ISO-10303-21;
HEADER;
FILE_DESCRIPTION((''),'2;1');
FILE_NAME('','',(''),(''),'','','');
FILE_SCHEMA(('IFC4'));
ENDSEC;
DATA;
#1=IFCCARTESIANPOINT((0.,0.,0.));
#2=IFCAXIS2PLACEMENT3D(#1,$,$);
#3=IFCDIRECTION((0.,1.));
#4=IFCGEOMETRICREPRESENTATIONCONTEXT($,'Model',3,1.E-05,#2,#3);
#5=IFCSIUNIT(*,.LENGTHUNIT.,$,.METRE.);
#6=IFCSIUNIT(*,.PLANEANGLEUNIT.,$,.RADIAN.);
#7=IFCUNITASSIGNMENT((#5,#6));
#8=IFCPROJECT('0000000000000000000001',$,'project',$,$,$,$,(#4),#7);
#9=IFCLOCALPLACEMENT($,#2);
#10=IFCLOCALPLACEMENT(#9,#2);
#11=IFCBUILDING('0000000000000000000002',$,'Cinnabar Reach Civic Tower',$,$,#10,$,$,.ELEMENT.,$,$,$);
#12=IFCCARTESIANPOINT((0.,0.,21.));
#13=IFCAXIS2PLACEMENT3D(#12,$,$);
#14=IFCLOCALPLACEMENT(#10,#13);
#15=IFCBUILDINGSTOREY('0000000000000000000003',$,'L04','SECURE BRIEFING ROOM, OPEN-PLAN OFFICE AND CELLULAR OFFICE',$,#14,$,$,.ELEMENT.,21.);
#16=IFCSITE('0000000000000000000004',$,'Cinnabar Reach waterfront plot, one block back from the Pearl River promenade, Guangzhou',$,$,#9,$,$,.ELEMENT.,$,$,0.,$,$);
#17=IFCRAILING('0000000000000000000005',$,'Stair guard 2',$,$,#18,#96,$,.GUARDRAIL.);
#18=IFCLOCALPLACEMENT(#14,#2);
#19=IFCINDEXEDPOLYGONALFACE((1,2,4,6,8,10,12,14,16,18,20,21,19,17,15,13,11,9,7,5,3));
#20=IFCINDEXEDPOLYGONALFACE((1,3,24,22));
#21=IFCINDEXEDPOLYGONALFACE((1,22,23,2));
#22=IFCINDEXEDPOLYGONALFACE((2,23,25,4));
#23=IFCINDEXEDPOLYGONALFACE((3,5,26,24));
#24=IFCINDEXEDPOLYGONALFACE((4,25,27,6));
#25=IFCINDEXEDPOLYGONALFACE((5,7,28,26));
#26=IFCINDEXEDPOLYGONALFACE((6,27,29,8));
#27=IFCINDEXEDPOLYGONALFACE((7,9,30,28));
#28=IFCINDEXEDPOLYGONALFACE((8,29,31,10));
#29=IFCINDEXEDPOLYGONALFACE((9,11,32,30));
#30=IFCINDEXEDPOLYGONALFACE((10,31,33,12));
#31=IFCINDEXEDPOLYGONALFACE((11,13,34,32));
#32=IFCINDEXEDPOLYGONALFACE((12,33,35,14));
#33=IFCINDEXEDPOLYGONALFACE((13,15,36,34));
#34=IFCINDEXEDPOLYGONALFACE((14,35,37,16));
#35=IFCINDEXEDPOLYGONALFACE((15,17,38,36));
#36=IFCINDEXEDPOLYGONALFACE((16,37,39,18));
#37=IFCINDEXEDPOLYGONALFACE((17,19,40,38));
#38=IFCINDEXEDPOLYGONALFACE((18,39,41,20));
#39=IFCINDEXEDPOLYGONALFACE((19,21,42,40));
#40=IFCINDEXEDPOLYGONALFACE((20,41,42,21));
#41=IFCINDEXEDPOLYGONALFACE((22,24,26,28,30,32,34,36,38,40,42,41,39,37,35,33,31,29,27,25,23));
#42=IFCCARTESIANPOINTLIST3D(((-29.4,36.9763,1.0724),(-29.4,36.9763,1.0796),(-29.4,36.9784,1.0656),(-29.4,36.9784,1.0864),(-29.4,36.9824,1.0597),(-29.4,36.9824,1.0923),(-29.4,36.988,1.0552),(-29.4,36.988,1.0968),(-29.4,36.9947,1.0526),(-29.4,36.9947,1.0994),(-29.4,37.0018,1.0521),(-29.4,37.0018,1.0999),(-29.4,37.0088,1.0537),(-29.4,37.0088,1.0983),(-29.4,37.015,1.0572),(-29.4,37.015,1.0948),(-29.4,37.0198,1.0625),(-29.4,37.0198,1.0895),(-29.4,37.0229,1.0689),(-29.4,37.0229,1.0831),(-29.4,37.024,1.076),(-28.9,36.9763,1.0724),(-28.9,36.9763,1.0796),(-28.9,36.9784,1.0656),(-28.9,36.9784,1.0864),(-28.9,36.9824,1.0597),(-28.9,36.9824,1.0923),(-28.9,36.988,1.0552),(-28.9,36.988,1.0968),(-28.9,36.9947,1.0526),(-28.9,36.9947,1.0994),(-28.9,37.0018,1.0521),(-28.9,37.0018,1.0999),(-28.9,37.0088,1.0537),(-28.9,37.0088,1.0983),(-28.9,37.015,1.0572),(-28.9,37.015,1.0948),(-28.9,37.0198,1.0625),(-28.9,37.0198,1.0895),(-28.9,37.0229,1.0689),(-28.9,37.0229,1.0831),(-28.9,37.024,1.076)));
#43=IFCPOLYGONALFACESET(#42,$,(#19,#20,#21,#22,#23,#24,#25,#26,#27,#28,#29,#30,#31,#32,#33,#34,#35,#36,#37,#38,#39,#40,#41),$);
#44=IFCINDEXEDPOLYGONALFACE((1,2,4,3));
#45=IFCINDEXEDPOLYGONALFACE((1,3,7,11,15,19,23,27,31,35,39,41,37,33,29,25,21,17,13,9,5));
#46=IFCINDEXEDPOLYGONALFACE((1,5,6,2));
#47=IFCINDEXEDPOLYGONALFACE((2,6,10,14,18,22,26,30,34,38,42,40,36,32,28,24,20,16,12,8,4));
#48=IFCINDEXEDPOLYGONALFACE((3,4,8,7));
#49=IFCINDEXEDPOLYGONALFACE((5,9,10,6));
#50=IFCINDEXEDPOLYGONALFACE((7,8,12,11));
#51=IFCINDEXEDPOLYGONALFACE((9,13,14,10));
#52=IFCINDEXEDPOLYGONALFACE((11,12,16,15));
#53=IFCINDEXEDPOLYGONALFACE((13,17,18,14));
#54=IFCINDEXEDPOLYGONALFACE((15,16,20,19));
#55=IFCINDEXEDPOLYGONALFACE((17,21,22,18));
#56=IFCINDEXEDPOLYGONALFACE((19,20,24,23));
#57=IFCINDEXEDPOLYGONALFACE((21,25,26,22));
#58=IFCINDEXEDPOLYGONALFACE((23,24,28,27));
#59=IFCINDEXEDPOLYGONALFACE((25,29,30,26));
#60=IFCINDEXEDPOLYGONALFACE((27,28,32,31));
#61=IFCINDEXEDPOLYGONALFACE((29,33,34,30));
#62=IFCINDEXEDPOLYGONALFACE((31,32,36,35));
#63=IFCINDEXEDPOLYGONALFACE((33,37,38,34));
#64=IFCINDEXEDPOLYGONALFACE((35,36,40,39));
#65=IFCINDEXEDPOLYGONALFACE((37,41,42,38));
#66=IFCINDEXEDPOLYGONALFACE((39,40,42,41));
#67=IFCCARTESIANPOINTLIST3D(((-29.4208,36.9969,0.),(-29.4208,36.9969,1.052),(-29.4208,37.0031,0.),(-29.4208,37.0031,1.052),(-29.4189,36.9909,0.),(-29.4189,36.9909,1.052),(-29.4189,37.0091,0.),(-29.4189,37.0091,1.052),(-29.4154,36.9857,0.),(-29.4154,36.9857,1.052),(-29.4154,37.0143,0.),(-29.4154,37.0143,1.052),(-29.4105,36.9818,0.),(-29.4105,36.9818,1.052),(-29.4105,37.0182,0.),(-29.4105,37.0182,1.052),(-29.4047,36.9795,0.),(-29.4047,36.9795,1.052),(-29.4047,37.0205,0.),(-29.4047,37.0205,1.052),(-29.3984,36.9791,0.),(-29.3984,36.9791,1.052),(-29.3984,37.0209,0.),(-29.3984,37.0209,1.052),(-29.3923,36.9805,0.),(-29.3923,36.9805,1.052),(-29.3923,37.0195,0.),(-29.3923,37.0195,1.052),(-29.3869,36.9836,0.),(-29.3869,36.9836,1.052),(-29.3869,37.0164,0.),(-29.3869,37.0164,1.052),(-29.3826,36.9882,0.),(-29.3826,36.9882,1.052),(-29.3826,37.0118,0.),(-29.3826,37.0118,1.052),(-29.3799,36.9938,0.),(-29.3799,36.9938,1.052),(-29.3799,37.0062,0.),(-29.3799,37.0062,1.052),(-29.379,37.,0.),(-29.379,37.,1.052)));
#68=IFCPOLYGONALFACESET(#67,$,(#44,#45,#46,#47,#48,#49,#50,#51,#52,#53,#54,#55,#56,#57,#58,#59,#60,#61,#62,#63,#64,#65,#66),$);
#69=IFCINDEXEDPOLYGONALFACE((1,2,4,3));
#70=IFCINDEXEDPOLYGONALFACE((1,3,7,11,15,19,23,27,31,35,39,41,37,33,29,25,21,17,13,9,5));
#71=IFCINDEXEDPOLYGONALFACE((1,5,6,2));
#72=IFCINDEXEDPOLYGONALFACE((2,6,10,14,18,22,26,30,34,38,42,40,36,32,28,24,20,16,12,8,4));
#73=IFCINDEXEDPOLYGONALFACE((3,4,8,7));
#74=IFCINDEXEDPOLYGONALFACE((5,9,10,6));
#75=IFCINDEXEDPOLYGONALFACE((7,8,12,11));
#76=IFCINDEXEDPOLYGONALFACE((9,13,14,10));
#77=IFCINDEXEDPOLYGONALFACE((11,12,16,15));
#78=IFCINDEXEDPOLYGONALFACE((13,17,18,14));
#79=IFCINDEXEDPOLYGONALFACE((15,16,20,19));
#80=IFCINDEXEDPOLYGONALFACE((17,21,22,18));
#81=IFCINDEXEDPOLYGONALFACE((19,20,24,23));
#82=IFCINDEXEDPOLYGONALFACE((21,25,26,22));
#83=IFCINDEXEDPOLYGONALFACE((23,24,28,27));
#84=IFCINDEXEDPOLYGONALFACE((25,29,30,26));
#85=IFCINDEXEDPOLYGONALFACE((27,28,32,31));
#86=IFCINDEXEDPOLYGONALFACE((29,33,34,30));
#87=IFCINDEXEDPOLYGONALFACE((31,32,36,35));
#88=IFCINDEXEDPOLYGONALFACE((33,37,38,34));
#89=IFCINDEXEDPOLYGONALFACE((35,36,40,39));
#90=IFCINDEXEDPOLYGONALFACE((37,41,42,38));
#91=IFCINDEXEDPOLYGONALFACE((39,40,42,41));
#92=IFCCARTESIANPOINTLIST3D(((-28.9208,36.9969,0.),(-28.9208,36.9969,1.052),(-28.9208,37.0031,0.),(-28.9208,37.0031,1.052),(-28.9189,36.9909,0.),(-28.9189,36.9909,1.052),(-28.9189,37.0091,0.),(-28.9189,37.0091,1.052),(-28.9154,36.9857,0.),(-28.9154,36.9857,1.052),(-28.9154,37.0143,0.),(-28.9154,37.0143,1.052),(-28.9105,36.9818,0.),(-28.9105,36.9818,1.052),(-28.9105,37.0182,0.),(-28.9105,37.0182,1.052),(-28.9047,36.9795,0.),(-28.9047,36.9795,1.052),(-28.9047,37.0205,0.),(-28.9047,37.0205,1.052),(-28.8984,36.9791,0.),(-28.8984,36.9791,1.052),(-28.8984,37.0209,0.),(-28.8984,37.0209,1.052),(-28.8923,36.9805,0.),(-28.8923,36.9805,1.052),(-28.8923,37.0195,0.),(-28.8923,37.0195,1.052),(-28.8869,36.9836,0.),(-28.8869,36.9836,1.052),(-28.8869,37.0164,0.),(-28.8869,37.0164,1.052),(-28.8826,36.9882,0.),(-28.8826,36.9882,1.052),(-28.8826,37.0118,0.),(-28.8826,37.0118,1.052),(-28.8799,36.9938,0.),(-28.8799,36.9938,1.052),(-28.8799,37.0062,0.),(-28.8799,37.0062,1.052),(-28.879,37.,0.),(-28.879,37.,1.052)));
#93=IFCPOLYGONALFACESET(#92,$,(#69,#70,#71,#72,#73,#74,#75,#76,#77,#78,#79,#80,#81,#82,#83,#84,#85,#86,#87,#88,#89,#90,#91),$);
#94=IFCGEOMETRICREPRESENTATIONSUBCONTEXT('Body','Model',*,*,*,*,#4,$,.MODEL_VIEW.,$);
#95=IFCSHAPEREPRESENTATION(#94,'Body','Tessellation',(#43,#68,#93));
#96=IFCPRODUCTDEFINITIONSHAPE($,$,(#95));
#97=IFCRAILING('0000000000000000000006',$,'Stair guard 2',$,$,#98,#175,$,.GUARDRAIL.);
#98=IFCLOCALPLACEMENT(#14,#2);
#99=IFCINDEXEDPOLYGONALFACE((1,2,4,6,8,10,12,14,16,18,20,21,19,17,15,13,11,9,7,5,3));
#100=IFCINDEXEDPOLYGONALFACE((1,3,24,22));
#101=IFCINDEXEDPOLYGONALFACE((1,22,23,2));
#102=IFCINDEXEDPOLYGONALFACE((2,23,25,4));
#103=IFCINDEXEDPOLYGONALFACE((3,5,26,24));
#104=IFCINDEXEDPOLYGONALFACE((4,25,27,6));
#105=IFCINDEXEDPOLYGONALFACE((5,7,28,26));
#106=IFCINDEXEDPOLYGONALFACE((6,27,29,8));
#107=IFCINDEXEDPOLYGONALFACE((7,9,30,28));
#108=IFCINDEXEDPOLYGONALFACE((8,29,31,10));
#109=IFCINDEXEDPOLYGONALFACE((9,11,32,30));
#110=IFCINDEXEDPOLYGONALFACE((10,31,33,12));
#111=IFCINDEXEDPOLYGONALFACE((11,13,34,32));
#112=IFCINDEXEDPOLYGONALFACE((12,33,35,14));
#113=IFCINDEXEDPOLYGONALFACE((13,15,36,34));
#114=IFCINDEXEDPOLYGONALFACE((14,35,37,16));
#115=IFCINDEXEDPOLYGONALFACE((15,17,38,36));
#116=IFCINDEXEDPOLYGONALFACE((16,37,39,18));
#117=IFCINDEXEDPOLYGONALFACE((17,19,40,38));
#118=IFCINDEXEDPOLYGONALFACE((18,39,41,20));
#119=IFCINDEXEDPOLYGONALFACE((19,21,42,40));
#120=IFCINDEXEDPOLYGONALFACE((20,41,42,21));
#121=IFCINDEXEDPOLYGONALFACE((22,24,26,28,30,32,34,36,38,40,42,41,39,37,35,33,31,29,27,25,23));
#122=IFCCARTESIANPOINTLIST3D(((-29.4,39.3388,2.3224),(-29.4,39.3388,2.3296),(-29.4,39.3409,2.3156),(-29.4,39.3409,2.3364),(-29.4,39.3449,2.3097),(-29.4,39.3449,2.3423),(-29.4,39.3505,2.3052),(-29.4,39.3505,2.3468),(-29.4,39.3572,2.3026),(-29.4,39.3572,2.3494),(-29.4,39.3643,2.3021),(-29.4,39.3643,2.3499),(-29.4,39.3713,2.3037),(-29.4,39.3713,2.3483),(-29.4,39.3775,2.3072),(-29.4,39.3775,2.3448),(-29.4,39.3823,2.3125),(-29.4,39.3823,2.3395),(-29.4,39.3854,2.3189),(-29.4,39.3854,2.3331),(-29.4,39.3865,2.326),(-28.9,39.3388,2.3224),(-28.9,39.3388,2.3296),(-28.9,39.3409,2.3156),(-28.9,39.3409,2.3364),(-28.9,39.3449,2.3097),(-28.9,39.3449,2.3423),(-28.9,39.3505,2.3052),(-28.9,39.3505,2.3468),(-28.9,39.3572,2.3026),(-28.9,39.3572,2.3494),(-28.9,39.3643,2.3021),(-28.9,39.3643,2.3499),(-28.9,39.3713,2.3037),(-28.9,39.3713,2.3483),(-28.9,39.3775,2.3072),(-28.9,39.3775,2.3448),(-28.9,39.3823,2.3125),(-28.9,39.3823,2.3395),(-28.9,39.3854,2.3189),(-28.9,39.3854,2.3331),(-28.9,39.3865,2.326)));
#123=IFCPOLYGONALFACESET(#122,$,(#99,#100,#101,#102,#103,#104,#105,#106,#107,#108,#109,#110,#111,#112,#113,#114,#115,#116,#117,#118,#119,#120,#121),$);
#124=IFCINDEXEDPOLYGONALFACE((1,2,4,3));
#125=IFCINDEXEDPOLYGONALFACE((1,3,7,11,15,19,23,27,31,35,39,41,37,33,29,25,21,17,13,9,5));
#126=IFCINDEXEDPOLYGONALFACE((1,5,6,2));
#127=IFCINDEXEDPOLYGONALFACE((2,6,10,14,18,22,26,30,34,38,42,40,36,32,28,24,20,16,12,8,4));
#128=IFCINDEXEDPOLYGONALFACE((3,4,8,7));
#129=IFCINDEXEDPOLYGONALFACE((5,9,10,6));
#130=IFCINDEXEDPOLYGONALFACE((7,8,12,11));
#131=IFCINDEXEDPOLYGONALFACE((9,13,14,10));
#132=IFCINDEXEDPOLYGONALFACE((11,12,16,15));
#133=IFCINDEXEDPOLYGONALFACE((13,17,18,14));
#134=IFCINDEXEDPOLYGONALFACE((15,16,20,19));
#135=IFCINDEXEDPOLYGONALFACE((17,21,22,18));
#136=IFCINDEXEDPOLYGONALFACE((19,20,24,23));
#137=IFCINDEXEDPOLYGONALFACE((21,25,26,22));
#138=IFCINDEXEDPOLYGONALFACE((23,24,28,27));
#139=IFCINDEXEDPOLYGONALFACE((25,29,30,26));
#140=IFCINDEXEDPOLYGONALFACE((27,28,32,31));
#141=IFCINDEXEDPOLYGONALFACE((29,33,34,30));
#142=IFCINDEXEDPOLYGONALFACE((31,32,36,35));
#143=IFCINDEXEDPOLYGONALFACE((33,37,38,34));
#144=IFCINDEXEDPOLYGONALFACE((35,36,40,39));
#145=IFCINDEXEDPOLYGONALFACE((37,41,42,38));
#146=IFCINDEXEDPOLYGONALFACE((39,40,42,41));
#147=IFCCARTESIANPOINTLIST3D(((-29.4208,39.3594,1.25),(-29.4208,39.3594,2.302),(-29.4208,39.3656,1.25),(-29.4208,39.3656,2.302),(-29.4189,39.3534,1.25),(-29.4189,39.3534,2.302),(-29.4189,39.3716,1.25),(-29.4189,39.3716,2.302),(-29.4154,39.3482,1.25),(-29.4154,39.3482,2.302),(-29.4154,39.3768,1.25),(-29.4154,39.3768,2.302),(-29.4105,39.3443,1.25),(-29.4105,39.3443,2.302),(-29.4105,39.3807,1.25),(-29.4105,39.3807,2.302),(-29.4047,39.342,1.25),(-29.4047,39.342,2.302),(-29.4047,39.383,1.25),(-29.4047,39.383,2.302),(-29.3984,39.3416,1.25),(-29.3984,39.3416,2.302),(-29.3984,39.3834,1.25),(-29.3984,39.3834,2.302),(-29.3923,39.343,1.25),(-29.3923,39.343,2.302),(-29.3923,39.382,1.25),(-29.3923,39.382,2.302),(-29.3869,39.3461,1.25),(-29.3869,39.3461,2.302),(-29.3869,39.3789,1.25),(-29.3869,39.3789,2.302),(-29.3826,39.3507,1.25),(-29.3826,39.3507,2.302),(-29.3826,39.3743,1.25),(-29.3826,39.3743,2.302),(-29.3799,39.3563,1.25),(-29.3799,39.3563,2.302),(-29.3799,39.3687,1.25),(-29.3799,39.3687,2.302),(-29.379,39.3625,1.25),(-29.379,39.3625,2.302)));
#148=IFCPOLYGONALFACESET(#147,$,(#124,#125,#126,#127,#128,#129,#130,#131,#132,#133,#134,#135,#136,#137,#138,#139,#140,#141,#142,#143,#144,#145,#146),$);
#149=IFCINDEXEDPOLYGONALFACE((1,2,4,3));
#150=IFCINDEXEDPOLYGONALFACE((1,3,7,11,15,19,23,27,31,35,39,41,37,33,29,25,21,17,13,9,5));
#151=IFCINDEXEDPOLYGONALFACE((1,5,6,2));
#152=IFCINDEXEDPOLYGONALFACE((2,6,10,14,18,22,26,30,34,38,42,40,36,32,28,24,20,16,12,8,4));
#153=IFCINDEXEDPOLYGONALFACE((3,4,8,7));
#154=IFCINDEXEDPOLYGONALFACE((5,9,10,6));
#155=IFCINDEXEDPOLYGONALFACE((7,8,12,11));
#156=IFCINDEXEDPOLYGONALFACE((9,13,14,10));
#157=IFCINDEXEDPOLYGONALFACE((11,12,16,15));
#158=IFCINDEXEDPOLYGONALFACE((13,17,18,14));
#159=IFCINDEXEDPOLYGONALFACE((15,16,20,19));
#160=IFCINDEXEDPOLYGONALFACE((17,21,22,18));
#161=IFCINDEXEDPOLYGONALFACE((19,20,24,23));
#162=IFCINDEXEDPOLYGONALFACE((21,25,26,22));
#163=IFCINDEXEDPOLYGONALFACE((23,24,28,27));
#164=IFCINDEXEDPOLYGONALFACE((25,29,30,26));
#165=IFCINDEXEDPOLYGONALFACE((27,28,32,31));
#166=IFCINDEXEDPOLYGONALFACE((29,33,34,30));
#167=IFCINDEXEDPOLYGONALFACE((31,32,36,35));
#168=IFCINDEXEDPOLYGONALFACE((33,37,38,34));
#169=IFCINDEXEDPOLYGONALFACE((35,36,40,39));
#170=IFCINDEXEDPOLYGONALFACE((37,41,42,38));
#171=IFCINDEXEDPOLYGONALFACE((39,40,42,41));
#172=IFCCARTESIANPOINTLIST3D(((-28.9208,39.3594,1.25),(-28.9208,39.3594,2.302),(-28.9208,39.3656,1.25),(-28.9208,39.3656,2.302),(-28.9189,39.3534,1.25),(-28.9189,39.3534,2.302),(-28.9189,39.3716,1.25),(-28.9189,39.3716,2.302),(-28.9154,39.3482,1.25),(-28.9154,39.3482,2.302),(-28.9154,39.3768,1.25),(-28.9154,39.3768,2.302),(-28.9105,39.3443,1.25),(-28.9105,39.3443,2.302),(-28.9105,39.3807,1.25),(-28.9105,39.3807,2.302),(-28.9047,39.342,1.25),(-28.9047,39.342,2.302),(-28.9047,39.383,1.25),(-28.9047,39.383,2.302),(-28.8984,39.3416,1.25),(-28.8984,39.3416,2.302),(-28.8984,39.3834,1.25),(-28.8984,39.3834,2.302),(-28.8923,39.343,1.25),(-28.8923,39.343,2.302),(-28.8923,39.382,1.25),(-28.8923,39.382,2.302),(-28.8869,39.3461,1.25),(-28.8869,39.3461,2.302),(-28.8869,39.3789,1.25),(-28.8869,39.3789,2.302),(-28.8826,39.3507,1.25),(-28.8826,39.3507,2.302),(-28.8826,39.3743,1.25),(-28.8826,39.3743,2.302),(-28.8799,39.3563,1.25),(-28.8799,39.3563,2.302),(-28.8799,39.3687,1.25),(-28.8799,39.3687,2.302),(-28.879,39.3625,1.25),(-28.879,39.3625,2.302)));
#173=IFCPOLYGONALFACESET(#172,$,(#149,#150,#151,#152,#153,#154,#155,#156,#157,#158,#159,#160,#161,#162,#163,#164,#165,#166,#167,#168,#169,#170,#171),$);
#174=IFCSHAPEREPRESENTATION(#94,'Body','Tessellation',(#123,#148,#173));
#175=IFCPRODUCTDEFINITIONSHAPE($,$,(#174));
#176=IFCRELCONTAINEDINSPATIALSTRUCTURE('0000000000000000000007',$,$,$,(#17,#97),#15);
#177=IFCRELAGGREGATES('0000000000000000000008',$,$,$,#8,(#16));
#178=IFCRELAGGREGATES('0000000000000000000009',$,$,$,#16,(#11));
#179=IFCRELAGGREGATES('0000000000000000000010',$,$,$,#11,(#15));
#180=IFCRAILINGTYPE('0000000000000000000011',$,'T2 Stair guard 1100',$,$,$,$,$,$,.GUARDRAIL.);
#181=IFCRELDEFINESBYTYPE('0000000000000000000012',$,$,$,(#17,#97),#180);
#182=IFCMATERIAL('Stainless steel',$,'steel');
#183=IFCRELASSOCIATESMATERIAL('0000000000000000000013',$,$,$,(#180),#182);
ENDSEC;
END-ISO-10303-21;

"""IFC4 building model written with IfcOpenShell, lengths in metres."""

from ifc_helpers import new_model, si_unit, direction, frame, origin, origin_2d, place, context, subcontext, project, spatial, circle, extrude, material, type_object, element, save


model = new_model("IFC4")

# Units and contexts
model_context = context("Model", 3, precision=1e-05, world=origin(), true_north=direction((0.0, 1.0)))
body_context = subcontext(model_context, "Body", "Model", "MODEL_VIEW")
ifc_project = project(units=[si_unit("LENGTHUNIT", "METRE"), si_unit("PLANEANGLEUNIT", "RADIAN")], contexts=[model_context])

# Site, building, storey
site_placement = place(None, origin())
site = spatial("IfcSite", under=ifc_project, at=site_placement, Name="Cinnabar Reach waterfront plot, one block back from the Pearl River promenade, Guangzhou", CompositionType="ELEMENT", RefElevation=0.0)
building_placement = place(site_placement, origin())
building = spatial("IfcBuilding", under=site, at=building_placement, Name="Cinnabar Reach Civic Tower", CompositionType="ELEMENT")
storey_placement = place(building_placement, frame((0.0, 0.0, 21.0)))
storey = spatial("IfcBuildingStorey", under=building, at=storey_placement, Name="L04", Description="SECURE BRIEFING ROOM, OPEN-PLAN OFFICE AND CELLULAR OFFICE", CompositionType="ELEMENT", Elevation=21.0)

# Railings
ifc_material_1 = material(Name="Stainless steel", Category="steel")
railing_type = type_object("IfcRailingType", Name="T2 Stair guard 1100", PredefinedType="GUARDRAIL", material=ifc_material_1)
for number, where, name in (
    (1, (-29.4, 37.0, 0.0), "Stair guard 2"),
    (2, (-29.4, 39.3625, 1.25), "Stair guard 2"),
):
    element("IfcRailing", number, at=place(storey_placement, frame(where)), inside=storey, type_object=railing_type, Name=name, PredefinedType="GUARDRAIL", context=body_context, shape_type="SweptSolid", body=[
        extrude(circle(Radius=0.024, at=origin_2d()), frame((0.0, 0.0, 1.076), z_axis=(1.0, 0.0, 0.0), x_axis=(0.0, 1.0, 0.0)), (0.0, 0.0, 1.0), 0.5),
        extrude(circle(Radius=0.021, at=origin_2d()), origin(), (0.0, 0.0, 1.0), 1.052),
        extrude(circle(Radius=0.021, at=origin_2d()), frame((0.5, 0.0, 0.0)), (0.0, 0.0, 1.0), 1.052),
    ])

save(model, "model.ifc")
